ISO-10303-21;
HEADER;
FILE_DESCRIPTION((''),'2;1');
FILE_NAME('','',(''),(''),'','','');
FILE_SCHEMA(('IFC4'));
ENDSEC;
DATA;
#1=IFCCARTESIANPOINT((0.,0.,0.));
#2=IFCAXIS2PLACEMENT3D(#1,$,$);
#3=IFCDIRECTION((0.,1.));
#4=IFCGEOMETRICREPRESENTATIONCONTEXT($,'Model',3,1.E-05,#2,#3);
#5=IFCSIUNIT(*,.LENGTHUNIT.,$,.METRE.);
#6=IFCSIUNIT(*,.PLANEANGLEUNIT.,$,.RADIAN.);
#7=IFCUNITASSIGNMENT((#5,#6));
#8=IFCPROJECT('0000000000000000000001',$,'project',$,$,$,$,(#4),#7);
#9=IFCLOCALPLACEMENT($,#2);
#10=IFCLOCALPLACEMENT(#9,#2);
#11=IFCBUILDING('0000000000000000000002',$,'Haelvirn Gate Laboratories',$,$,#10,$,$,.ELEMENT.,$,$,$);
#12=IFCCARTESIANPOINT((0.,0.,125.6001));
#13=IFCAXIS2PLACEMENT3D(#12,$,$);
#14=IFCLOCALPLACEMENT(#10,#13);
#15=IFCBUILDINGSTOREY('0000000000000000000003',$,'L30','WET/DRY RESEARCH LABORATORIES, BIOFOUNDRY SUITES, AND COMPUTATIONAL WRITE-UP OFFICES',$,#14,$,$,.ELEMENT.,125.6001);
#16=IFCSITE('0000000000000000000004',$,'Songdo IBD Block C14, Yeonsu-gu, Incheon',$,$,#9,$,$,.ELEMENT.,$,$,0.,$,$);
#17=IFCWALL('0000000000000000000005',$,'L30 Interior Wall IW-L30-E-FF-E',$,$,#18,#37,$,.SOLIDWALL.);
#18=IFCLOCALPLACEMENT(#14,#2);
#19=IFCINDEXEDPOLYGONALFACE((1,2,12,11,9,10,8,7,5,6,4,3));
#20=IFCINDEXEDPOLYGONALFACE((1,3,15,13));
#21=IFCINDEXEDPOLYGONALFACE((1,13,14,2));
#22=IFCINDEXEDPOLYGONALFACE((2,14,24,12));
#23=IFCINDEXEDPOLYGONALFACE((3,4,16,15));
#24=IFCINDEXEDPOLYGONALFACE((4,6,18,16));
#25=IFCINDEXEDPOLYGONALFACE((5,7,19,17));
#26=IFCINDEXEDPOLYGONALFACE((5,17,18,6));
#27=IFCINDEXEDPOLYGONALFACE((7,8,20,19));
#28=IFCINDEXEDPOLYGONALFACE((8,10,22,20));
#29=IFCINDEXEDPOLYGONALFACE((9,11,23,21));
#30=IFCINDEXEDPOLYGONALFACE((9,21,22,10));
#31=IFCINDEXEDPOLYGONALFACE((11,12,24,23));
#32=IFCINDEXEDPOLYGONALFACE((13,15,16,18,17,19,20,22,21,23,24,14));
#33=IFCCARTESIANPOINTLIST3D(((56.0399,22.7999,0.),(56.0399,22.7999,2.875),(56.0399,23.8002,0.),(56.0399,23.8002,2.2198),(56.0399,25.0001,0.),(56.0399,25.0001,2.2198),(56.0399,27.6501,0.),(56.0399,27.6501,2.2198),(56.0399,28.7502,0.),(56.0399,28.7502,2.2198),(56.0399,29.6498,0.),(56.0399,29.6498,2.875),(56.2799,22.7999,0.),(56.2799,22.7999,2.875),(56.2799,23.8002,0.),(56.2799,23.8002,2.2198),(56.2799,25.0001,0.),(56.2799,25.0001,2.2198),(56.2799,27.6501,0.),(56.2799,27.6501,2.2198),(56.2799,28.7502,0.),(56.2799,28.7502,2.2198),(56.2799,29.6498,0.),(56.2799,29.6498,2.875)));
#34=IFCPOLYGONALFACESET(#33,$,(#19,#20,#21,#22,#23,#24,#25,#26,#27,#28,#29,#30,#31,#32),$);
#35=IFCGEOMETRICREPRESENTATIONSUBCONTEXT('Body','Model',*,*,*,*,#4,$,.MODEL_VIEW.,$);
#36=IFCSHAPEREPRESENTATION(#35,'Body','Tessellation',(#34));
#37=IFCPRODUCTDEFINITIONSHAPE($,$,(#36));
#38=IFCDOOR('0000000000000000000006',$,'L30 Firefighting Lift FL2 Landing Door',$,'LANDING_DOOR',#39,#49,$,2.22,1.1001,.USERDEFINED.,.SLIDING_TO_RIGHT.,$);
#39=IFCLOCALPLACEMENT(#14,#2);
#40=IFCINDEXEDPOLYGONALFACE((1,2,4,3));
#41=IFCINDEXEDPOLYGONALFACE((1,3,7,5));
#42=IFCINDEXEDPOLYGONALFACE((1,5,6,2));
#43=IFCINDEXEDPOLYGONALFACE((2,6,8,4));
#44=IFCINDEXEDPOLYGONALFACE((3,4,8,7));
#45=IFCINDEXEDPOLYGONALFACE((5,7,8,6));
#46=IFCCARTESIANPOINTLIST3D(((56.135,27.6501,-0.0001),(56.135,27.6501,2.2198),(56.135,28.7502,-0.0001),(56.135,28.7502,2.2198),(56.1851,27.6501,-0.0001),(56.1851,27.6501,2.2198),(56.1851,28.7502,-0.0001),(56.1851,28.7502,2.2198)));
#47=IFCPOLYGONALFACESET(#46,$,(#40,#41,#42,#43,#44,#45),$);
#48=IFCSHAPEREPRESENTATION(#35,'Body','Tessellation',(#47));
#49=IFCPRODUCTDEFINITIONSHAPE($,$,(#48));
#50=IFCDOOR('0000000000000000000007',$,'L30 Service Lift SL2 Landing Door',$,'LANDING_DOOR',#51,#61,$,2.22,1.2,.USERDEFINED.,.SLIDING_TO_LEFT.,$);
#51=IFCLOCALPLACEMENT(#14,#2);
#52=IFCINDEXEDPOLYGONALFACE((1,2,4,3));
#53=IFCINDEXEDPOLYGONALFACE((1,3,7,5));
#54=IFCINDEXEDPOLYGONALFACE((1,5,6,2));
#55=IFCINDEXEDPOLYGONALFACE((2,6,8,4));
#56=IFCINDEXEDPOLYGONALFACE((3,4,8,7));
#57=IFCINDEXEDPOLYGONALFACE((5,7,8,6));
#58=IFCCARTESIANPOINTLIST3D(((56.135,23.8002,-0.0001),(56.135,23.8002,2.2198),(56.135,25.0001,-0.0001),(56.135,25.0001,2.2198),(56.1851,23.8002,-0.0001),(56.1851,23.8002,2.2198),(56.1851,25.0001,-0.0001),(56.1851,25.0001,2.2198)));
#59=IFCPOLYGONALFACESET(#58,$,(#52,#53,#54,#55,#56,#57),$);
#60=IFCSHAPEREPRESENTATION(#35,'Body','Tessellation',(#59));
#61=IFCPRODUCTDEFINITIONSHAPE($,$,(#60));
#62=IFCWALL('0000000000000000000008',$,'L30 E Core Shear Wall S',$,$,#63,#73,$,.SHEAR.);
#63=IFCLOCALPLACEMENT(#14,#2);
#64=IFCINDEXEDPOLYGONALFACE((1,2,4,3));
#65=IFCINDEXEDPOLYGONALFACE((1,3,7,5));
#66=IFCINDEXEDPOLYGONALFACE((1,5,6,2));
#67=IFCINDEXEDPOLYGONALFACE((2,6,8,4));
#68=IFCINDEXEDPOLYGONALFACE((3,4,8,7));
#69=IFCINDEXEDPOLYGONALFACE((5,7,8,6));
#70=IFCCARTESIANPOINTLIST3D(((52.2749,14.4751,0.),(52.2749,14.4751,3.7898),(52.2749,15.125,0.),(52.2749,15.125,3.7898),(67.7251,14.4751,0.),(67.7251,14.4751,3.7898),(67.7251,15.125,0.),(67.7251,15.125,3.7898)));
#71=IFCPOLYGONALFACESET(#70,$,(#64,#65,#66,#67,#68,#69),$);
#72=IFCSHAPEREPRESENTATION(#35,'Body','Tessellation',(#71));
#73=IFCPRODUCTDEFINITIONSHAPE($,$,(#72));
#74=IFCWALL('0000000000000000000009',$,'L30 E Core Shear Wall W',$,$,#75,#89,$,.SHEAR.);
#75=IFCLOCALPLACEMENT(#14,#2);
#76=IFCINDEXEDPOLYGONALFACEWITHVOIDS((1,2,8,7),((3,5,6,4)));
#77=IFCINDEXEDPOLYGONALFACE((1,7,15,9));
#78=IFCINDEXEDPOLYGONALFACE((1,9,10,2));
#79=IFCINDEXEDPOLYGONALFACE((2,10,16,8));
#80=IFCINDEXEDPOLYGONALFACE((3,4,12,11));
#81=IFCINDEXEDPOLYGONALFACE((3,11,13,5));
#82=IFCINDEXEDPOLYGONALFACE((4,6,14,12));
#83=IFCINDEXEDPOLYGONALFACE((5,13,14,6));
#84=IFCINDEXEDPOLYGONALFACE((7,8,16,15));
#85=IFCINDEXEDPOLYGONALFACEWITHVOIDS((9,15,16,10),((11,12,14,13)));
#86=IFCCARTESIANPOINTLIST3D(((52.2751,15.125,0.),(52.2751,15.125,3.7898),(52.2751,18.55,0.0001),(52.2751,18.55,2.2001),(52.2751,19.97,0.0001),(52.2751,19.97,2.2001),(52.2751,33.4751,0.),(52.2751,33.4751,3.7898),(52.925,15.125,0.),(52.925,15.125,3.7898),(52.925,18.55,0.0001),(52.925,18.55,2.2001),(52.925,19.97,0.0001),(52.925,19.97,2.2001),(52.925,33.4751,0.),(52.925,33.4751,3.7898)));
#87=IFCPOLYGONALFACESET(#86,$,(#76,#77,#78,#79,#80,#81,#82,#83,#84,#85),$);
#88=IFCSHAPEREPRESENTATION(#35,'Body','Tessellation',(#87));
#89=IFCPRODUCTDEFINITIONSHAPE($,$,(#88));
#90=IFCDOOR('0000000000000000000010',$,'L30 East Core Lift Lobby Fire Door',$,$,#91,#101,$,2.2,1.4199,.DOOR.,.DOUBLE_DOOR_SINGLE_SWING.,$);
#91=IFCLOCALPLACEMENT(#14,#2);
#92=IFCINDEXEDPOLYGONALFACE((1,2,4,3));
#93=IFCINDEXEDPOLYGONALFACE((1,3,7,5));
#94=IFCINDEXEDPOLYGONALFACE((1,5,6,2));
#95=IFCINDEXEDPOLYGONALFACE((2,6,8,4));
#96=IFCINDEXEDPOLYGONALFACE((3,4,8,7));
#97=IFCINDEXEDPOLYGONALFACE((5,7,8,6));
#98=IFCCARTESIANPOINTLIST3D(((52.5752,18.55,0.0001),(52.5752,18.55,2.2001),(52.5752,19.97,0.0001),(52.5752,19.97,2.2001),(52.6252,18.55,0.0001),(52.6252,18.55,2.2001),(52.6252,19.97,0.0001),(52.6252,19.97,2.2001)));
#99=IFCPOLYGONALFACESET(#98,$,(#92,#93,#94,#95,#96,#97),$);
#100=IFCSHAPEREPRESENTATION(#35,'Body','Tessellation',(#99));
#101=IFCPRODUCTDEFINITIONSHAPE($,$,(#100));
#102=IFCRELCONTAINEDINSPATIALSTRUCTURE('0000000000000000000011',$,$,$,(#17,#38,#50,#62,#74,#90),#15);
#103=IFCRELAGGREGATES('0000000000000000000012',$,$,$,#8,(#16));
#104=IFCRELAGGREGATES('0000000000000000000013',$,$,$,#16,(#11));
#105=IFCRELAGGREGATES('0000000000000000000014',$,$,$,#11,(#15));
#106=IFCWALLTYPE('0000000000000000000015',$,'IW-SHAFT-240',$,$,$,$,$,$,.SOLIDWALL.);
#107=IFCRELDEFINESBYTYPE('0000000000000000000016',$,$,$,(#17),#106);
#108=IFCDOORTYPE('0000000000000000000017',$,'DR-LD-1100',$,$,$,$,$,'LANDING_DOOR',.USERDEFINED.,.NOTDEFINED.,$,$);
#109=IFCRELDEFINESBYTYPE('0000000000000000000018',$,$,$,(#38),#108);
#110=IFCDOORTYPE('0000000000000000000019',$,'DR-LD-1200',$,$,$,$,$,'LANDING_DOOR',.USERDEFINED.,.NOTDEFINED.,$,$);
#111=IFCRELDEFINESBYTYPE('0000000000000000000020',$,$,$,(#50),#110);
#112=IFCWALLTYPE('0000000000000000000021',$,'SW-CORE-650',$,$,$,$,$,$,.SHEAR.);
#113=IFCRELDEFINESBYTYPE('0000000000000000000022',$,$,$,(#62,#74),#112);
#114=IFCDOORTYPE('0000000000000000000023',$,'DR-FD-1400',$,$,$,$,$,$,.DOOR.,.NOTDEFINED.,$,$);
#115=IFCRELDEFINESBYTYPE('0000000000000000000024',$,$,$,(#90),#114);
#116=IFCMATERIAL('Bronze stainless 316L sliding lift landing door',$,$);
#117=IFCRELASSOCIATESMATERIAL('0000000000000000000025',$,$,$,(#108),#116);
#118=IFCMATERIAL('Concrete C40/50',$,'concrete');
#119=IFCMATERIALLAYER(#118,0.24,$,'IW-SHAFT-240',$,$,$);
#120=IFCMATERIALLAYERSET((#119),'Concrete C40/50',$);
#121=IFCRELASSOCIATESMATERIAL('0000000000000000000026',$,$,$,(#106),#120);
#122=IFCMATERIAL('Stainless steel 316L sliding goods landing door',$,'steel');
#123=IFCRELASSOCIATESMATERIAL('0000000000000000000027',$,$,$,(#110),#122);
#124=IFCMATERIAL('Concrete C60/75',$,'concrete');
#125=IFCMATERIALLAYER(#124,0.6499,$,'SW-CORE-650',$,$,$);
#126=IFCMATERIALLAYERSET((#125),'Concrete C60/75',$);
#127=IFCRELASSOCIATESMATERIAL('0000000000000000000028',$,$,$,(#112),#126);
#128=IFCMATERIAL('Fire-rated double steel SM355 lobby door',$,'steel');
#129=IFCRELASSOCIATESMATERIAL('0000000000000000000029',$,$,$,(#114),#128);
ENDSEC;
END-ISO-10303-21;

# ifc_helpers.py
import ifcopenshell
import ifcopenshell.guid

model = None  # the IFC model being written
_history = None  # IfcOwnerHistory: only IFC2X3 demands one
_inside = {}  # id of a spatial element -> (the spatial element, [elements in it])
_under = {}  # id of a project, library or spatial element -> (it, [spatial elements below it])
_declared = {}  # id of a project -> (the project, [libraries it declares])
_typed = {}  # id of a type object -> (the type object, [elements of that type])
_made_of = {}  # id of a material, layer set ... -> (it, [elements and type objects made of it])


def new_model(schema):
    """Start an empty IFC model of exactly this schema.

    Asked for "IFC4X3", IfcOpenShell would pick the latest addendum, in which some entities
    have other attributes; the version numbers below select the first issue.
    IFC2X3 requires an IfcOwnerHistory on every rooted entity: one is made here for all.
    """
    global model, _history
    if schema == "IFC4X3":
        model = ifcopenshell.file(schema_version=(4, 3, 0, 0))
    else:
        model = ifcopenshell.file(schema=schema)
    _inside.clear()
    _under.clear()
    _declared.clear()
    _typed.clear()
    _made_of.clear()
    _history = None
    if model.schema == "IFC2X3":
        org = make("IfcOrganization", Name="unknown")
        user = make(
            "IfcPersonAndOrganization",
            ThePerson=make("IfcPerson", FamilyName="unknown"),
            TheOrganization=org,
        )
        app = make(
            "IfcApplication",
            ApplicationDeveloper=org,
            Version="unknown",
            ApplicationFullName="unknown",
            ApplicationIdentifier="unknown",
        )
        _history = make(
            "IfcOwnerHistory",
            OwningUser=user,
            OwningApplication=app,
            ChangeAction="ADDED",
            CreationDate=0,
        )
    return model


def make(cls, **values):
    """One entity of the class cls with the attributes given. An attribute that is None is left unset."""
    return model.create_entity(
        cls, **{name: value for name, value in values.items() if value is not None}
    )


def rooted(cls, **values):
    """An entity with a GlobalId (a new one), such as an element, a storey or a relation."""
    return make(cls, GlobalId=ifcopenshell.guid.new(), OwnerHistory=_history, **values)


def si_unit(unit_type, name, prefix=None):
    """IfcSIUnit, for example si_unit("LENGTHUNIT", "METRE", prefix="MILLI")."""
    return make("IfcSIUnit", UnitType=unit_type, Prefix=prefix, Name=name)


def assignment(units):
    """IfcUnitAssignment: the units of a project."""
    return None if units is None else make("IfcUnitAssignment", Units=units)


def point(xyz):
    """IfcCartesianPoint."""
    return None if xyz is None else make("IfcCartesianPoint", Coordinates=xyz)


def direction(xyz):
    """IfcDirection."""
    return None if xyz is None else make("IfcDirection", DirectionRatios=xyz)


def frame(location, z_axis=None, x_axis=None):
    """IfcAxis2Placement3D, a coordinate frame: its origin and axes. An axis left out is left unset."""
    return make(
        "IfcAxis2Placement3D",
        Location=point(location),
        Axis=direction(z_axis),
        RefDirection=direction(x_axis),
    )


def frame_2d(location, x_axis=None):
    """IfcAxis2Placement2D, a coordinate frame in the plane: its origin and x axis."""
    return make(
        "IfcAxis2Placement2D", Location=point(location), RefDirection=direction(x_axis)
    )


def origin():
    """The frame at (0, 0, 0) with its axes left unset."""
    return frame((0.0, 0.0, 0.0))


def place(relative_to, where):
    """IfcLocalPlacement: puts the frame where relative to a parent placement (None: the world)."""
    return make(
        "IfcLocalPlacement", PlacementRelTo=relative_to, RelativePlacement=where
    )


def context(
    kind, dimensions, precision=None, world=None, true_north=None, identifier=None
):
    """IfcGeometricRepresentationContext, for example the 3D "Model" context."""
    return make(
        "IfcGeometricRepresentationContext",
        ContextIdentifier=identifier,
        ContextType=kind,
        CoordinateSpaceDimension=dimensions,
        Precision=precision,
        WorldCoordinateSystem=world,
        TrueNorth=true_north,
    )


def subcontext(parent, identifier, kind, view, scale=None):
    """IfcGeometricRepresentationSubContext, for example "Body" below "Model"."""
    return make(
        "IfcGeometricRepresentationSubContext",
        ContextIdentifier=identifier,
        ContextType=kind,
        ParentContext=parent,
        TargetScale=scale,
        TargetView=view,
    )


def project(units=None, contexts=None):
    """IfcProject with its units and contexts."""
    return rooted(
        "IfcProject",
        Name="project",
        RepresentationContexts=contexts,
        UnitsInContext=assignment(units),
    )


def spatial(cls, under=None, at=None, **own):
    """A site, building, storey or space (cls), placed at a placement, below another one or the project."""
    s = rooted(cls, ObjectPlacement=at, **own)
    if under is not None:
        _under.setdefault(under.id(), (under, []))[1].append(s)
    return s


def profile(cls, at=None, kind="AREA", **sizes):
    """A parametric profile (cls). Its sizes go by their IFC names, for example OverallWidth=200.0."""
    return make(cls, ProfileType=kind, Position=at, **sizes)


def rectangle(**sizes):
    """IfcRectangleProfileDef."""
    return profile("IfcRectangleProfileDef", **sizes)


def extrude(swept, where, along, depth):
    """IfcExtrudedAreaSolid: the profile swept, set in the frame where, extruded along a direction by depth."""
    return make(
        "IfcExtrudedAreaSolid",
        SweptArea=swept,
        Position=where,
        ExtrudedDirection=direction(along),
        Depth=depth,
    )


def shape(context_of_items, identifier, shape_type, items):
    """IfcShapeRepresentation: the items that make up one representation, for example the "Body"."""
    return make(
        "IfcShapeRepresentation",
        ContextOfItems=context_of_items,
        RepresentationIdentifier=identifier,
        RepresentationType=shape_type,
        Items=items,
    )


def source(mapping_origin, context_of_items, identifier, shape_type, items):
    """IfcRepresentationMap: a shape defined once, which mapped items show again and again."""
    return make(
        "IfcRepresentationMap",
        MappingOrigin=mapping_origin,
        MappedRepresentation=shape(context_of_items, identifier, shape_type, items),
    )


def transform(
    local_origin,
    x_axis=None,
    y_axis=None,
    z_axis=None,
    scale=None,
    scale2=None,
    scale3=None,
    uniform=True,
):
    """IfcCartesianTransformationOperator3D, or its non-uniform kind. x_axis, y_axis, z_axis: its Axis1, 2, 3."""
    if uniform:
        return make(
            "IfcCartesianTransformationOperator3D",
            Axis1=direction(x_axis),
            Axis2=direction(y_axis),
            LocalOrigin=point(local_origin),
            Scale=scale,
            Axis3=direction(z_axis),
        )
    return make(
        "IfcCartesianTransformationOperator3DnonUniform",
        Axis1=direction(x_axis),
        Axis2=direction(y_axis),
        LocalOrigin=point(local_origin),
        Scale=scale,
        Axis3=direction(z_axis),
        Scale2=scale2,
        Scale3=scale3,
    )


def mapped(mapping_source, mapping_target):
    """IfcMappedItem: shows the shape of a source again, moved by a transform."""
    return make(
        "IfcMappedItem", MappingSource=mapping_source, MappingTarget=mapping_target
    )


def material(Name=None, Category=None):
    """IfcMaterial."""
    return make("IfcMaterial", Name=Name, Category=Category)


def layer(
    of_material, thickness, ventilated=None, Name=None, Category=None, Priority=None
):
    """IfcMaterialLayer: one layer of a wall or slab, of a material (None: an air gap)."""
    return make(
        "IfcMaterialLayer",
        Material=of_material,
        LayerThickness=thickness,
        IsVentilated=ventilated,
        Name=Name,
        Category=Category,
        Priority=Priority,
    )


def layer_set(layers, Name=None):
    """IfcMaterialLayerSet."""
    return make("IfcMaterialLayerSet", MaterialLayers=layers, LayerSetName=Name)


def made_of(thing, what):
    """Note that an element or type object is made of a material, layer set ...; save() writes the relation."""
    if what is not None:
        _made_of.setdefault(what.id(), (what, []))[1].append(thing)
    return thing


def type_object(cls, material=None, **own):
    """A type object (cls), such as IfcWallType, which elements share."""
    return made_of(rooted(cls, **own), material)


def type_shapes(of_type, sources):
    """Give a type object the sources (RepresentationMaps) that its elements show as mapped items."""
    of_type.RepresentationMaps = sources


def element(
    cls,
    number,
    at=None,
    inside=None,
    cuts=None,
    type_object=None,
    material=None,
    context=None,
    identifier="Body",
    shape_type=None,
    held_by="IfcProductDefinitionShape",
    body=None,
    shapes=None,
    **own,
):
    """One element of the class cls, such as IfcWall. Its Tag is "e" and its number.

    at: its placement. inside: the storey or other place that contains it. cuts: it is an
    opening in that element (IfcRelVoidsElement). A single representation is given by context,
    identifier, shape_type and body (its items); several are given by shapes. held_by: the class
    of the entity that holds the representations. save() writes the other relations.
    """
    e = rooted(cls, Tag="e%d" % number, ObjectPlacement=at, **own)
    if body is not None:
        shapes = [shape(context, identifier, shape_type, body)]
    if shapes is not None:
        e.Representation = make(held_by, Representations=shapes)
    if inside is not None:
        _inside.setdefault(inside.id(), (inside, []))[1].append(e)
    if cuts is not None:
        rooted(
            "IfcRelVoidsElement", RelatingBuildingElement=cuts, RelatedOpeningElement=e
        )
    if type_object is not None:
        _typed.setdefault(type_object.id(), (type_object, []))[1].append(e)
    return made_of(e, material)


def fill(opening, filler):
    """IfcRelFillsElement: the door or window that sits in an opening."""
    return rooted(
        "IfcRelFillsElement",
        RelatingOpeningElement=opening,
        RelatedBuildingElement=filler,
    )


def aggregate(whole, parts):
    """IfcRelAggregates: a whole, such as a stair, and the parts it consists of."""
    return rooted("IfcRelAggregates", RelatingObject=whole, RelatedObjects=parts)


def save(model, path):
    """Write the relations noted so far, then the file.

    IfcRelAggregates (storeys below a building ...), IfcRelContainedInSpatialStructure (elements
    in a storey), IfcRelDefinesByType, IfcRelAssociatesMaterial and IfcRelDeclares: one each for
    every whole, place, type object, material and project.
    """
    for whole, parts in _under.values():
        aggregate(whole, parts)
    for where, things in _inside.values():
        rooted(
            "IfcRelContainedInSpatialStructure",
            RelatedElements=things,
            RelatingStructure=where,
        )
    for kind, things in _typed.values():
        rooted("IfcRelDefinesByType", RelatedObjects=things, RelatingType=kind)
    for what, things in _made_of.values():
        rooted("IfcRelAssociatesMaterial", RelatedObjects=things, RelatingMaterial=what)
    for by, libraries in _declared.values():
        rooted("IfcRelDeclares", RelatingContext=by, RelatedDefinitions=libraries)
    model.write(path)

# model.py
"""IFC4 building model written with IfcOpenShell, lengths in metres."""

from ifc_helpers import new_model, si_unit, direction, frame, frame_2d, origin, place, context, subcontext, project, spatial, rectangle, extrude, source, transform, mapped, material, layer, layer_set, type_object, type_shapes, element, fill, save


model = new_model("IFC4")

# Units and contexts
model_context = context("Model", 3, precision=1e-05, world=origin(), true_north=direction((0.0, 1.0)))
body_context = subcontext(model_context, "Body", "Model", "MODEL_VIEW")
ifc_project = project(units=[si_unit("LENGTHUNIT", "METRE"), si_unit("PLANEANGLEUNIT", "RADIAN")], contexts=[model_context])

# Site, building, storey
site_placement = place(None, origin())
site = spatial("IfcSite", under=ifc_project, at=site_placement, Name="Songdo IBD Block C14, Yeonsu-gu, Incheon", CompositionType="ELEMENT", RefElevation=0.0)
building_placement = place(site_placement, origin())
building = spatial("IfcBuilding", under=site, at=building_placement, Name="Haelvirn Gate Laboratories", CompositionType="ELEMENT")
storey_placement = place(building_placement, frame((0.0, 0.0, 125.6001)))
storey = spatial("IfcBuildingStorey", under=building, at=storey_placement, Name="L30", Description="WET/DRY RESEARCH LABORATORIES, BIOFOUNDRY SUITES, AND COMPUTATIONAL WRITE-UP OFFICES", CompositionType="ELEMENT", Elevation=125.6001)

# Shared definitions
ifc_material_1 = material(Name="Concrete C60/75", Category="concrete")

# Shared definitions
ifc_material_2 = material(Name="Concrete C40/50", Category="concrete")

# Shared definitions
ifc_material_3 = material(Name="Bronze stainless 316L sliding lift landing door")
door_type_1 = type_object("IfcDoorType", Name="DR-LD-1100", ElementType="LANDING_DOOR", OperationType="NOTDEFINED", PredefinedType="USERDEFINED", material=ifc_material_3)
shared_shape_1 = source(origin(), body_context, "Body", "SweptSolid", [
    extrude(rectangle(XDim=1.1001, YDim=2.22, at=frame_2d((0.55, 1.1099))), frame((0.0, 0.0249, 0.0), z_axis=(0.0, -1.0, 0.0), x_axis=(1.0, 0.0, 0.0)), (0.0, 0.0, 1.0), 0.05),
])
type_shapes(door_type_1, [shared_shape_1])

# Wall, openings, doors
ifc_layer_1 = layer(ifc_material_2, 0.24, Name="IW-SHAFT-240")
ifc_layer_set_1 = layer_set([ifc_layer_1], Name="Concrete C40/50")
wall_type_1 = type_object("IfcWallType", Name="IW-SHAFT-240", PredefinedType="SOLIDWALL", material=ifc_layer_set_1)
wall_1_placement = place(storey_placement, frame((56.1599, 22.8, 0.0), z_axis=(0.0, 0.0, 1.0), x_axis=(0.0, 1.0, 0.0)))
wall_1 = element("IfcWall", 1, at=wall_1_placement, inside=storey, type_object=wall_type_1, Name="L30 Interior Wall IW-L30-E-FF-E", PredefinedType="SOLIDWALL", context=body_context, shape_type="SweptSolid", body=[
    extrude(rectangle(XDim=6.8499, YDim=0.24, at=frame_2d((3.4248, 0.0))), origin(), (0.0, 0.0, 1.0), 2.875),
])
opening_1_placement = place(wall_1_placement, frame((4.8501, 0.0, 0.0)))
opening_1 = element("IfcOpeningElement", 2, at=opening_1_placement, cuts=wall_1, PredefinedType="OPENING", context=body_context, shape_type="SweptSolid", body=[
    extrude(rectangle(XDim=1.1001, YDim=2.22, at=frame_2d((0.55, 1.1099))), frame((0.0, 0.1299, 0.0), z_axis=(0.0, -1.0, 0.0), x_axis=(1.0, 0.0, 0.0)), (0.0, 0.0, 1.0), 0.26),
])
opening_2_placement = place(wall_1_placement, frame((1.0, 0.0, 0.0)))
opening_2 = element("IfcOpeningElement", 3, at=opening_2_placement, cuts=wall_1, PredefinedType="OPENING", context=body_context, shape_type="SweptSolid", body=[
    extrude(rectangle(XDim=1.2, YDim=2.22, at=frame_2d((0.6001, 1.1099))), frame((0.0, 0.1299, 0.0), z_axis=(0.0, -1.0, 0.0), x_axis=(1.0, 0.0, 0.0)), (0.0, 0.0, 1.0), 0.26),
])
door_1_placement = place(opening_1_placement, origin())
door_1 = element("IfcDoor", 4, at=door_1_placement, inside=storey, type_object=door_type_1, Name="L30 Firefighting Lift FL2 Landing Door", ObjectType="LANDING_DOOR", OperationType="SLIDING_TO_RIGHT", OverallHeight=2.22, OverallWidth=1.1001, PredefinedType="USERDEFINED", context=body_context, shape_type="MappedRepresentation", body=[
    mapped(shared_shape_1, transform((0.0, 0.0, 0.0), scale=1.0)),
])
fill(opening_1, door_1)
ifc_material_4 = material(Name="Stainless steel 316L sliding goods landing door", Category="steel")
door_type_2 = type_object("IfcDoorType", Name="DR-LD-1200", ElementType="LANDING_DOOR", OperationType="NOTDEFINED", PredefinedType="USERDEFINED", material=ifc_material_4)
shared_shape_2 = source(origin(), body_context, "Body", "SweptSolid", [
    extrude(rectangle(XDim=1.2, YDim=2.22, at=frame_2d((0.6001, 1.1099))), frame((0.0, 0.0249, 0.0), z_axis=(0.0, -1.0, 0.0), x_axis=(1.0, 0.0, 0.0)), (0.0, 0.0, 1.0), 0.05),
])
type_shapes(door_type_2, [shared_shape_2])
door_2_placement = place(opening_2_placement, origin())
door_2 = element("IfcDoor", 5, at=door_2_placement, inside=storey, type_object=door_type_2, Name="L30 Service Lift SL2 Landing Door", ObjectType="LANDING_DOOR", OperationType="SLIDING_TO_LEFT", OverallHeight=2.22, OverallWidth=1.2, PredefinedType="USERDEFINED", context=body_context, shape_type="MappedRepresentation", body=[
    mapped(shared_shape_2, transform((0.0, 0.0, 0.0), scale=1.0)),
])
fill(opening_2, door_2)

# Wall
ifc_layer_2 = layer(ifc_material_1, 0.6499, Name="SW-CORE-650")
ifc_layer_set_2 = layer_set([ifc_layer_2], Name="Concrete C60/75")
wall_type_2 = type_object("IfcWallType", Name="SW-CORE-650", PredefinedType="SHEAR", material=ifc_layer_set_2)
wall_2_placement = place(storey_placement, frame((52.2749, 14.8, 0.0), z_axis=(0.0, 0.0, 1.0), x_axis=(1.0, 0.0, 0.0)))
element("IfcWall", 6, at=wall_2_placement, inside=storey, type_object=wall_type_2, Name="L30 E Core Shear Wall S", PredefinedType="SHEAR", context=body_context, shape_type="SweptSolid", body=[
    extrude(rectangle(XDim=15.4502, YDim=0.6499, at=frame_2d((7.7251, 0.0))), origin(), (0.0, 0.0, 1.0), 3.7898),
])

# Wall, opening, door
wall_3_placement = place(storey_placement, frame((52.6001, 15.125, 0.0), z_axis=(0.0, 0.0, 1.0), x_axis=(0.0, 1.0, 0.0)))
wall_3 = element("IfcWall", 7, at=wall_3_placement, inside=storey, type_object=wall_type_2, Name="L30 E Core Shear Wall W", PredefinedType="SHEAR", context=body_context, shape_type="SweptSolid", body=[
    extrude(rectangle(XDim=18.3501, YDim=0.6499, at=frame_2d((9.175, 0.0))), origin(), (0.0, 0.0, 1.0), 3.7898),
])
opening_3_placement = place(wall_3_placement, frame((3.425, 0.0, 0.0)))
opening_3 = element("IfcOpeningElement", 8, at=opening_3_placement, cuts=wall_3, PredefinedType="OPENING", context=body_context, shape_type="SweptSolid", body=[
    extrude(rectangle(XDim=1.4199, YDim=2.2, at=frame_2d((0.71, 1.1001))), frame((0.0, 0.335, 0.0), z_axis=(0.0, -1.0, 0.0), x_axis=(1.0, 0.0, 0.0)), (0.0, 0.0, 1.0), 0.6699),
])
ifc_material_5 = material(Name="Fire-rated double steel SM355 lobby door", Category="steel")
door_type_3 = type_object("IfcDoorType", Name="DR-FD-1400", OperationType="NOTDEFINED", PredefinedType="DOOR", material=ifc_material_5)
shared_shape_3 = source(origin(), body_context, "Body", "SweptSolid", [
    extrude(rectangle(XDim=1.4199, YDim=2.2, at=frame_2d((0.71, 1.1001))), frame((0.0, 0.0249, 0.0), z_axis=(0.0, -1.0, 0.0), x_axis=(1.0, 0.0, 0.0)), (0.0, 0.0, 1.0), 0.05),
])
type_shapes(door_type_3, [shared_shape_3])
door_3_placement = place(opening_3_placement, origin())
door_3 = element("IfcDoor", 9, at=door_3_placement, inside=storey, type_object=door_type_3, Name="L30 East Core Lift Lobby Fire Door", OperationType="DOUBLE_DOOR_SINGLE_SWING", OverallHeight=2.2, OverallWidth=1.4199, PredefinedType="DOOR", context=body_context, shape_type="MappedRepresentation", body=[
    mapped(shared_shape_3, transform((0.0, 0.0, 0.0), scale=1.0)),
])
fill(opening_3, door_3)

save(model, "model.ifc")
